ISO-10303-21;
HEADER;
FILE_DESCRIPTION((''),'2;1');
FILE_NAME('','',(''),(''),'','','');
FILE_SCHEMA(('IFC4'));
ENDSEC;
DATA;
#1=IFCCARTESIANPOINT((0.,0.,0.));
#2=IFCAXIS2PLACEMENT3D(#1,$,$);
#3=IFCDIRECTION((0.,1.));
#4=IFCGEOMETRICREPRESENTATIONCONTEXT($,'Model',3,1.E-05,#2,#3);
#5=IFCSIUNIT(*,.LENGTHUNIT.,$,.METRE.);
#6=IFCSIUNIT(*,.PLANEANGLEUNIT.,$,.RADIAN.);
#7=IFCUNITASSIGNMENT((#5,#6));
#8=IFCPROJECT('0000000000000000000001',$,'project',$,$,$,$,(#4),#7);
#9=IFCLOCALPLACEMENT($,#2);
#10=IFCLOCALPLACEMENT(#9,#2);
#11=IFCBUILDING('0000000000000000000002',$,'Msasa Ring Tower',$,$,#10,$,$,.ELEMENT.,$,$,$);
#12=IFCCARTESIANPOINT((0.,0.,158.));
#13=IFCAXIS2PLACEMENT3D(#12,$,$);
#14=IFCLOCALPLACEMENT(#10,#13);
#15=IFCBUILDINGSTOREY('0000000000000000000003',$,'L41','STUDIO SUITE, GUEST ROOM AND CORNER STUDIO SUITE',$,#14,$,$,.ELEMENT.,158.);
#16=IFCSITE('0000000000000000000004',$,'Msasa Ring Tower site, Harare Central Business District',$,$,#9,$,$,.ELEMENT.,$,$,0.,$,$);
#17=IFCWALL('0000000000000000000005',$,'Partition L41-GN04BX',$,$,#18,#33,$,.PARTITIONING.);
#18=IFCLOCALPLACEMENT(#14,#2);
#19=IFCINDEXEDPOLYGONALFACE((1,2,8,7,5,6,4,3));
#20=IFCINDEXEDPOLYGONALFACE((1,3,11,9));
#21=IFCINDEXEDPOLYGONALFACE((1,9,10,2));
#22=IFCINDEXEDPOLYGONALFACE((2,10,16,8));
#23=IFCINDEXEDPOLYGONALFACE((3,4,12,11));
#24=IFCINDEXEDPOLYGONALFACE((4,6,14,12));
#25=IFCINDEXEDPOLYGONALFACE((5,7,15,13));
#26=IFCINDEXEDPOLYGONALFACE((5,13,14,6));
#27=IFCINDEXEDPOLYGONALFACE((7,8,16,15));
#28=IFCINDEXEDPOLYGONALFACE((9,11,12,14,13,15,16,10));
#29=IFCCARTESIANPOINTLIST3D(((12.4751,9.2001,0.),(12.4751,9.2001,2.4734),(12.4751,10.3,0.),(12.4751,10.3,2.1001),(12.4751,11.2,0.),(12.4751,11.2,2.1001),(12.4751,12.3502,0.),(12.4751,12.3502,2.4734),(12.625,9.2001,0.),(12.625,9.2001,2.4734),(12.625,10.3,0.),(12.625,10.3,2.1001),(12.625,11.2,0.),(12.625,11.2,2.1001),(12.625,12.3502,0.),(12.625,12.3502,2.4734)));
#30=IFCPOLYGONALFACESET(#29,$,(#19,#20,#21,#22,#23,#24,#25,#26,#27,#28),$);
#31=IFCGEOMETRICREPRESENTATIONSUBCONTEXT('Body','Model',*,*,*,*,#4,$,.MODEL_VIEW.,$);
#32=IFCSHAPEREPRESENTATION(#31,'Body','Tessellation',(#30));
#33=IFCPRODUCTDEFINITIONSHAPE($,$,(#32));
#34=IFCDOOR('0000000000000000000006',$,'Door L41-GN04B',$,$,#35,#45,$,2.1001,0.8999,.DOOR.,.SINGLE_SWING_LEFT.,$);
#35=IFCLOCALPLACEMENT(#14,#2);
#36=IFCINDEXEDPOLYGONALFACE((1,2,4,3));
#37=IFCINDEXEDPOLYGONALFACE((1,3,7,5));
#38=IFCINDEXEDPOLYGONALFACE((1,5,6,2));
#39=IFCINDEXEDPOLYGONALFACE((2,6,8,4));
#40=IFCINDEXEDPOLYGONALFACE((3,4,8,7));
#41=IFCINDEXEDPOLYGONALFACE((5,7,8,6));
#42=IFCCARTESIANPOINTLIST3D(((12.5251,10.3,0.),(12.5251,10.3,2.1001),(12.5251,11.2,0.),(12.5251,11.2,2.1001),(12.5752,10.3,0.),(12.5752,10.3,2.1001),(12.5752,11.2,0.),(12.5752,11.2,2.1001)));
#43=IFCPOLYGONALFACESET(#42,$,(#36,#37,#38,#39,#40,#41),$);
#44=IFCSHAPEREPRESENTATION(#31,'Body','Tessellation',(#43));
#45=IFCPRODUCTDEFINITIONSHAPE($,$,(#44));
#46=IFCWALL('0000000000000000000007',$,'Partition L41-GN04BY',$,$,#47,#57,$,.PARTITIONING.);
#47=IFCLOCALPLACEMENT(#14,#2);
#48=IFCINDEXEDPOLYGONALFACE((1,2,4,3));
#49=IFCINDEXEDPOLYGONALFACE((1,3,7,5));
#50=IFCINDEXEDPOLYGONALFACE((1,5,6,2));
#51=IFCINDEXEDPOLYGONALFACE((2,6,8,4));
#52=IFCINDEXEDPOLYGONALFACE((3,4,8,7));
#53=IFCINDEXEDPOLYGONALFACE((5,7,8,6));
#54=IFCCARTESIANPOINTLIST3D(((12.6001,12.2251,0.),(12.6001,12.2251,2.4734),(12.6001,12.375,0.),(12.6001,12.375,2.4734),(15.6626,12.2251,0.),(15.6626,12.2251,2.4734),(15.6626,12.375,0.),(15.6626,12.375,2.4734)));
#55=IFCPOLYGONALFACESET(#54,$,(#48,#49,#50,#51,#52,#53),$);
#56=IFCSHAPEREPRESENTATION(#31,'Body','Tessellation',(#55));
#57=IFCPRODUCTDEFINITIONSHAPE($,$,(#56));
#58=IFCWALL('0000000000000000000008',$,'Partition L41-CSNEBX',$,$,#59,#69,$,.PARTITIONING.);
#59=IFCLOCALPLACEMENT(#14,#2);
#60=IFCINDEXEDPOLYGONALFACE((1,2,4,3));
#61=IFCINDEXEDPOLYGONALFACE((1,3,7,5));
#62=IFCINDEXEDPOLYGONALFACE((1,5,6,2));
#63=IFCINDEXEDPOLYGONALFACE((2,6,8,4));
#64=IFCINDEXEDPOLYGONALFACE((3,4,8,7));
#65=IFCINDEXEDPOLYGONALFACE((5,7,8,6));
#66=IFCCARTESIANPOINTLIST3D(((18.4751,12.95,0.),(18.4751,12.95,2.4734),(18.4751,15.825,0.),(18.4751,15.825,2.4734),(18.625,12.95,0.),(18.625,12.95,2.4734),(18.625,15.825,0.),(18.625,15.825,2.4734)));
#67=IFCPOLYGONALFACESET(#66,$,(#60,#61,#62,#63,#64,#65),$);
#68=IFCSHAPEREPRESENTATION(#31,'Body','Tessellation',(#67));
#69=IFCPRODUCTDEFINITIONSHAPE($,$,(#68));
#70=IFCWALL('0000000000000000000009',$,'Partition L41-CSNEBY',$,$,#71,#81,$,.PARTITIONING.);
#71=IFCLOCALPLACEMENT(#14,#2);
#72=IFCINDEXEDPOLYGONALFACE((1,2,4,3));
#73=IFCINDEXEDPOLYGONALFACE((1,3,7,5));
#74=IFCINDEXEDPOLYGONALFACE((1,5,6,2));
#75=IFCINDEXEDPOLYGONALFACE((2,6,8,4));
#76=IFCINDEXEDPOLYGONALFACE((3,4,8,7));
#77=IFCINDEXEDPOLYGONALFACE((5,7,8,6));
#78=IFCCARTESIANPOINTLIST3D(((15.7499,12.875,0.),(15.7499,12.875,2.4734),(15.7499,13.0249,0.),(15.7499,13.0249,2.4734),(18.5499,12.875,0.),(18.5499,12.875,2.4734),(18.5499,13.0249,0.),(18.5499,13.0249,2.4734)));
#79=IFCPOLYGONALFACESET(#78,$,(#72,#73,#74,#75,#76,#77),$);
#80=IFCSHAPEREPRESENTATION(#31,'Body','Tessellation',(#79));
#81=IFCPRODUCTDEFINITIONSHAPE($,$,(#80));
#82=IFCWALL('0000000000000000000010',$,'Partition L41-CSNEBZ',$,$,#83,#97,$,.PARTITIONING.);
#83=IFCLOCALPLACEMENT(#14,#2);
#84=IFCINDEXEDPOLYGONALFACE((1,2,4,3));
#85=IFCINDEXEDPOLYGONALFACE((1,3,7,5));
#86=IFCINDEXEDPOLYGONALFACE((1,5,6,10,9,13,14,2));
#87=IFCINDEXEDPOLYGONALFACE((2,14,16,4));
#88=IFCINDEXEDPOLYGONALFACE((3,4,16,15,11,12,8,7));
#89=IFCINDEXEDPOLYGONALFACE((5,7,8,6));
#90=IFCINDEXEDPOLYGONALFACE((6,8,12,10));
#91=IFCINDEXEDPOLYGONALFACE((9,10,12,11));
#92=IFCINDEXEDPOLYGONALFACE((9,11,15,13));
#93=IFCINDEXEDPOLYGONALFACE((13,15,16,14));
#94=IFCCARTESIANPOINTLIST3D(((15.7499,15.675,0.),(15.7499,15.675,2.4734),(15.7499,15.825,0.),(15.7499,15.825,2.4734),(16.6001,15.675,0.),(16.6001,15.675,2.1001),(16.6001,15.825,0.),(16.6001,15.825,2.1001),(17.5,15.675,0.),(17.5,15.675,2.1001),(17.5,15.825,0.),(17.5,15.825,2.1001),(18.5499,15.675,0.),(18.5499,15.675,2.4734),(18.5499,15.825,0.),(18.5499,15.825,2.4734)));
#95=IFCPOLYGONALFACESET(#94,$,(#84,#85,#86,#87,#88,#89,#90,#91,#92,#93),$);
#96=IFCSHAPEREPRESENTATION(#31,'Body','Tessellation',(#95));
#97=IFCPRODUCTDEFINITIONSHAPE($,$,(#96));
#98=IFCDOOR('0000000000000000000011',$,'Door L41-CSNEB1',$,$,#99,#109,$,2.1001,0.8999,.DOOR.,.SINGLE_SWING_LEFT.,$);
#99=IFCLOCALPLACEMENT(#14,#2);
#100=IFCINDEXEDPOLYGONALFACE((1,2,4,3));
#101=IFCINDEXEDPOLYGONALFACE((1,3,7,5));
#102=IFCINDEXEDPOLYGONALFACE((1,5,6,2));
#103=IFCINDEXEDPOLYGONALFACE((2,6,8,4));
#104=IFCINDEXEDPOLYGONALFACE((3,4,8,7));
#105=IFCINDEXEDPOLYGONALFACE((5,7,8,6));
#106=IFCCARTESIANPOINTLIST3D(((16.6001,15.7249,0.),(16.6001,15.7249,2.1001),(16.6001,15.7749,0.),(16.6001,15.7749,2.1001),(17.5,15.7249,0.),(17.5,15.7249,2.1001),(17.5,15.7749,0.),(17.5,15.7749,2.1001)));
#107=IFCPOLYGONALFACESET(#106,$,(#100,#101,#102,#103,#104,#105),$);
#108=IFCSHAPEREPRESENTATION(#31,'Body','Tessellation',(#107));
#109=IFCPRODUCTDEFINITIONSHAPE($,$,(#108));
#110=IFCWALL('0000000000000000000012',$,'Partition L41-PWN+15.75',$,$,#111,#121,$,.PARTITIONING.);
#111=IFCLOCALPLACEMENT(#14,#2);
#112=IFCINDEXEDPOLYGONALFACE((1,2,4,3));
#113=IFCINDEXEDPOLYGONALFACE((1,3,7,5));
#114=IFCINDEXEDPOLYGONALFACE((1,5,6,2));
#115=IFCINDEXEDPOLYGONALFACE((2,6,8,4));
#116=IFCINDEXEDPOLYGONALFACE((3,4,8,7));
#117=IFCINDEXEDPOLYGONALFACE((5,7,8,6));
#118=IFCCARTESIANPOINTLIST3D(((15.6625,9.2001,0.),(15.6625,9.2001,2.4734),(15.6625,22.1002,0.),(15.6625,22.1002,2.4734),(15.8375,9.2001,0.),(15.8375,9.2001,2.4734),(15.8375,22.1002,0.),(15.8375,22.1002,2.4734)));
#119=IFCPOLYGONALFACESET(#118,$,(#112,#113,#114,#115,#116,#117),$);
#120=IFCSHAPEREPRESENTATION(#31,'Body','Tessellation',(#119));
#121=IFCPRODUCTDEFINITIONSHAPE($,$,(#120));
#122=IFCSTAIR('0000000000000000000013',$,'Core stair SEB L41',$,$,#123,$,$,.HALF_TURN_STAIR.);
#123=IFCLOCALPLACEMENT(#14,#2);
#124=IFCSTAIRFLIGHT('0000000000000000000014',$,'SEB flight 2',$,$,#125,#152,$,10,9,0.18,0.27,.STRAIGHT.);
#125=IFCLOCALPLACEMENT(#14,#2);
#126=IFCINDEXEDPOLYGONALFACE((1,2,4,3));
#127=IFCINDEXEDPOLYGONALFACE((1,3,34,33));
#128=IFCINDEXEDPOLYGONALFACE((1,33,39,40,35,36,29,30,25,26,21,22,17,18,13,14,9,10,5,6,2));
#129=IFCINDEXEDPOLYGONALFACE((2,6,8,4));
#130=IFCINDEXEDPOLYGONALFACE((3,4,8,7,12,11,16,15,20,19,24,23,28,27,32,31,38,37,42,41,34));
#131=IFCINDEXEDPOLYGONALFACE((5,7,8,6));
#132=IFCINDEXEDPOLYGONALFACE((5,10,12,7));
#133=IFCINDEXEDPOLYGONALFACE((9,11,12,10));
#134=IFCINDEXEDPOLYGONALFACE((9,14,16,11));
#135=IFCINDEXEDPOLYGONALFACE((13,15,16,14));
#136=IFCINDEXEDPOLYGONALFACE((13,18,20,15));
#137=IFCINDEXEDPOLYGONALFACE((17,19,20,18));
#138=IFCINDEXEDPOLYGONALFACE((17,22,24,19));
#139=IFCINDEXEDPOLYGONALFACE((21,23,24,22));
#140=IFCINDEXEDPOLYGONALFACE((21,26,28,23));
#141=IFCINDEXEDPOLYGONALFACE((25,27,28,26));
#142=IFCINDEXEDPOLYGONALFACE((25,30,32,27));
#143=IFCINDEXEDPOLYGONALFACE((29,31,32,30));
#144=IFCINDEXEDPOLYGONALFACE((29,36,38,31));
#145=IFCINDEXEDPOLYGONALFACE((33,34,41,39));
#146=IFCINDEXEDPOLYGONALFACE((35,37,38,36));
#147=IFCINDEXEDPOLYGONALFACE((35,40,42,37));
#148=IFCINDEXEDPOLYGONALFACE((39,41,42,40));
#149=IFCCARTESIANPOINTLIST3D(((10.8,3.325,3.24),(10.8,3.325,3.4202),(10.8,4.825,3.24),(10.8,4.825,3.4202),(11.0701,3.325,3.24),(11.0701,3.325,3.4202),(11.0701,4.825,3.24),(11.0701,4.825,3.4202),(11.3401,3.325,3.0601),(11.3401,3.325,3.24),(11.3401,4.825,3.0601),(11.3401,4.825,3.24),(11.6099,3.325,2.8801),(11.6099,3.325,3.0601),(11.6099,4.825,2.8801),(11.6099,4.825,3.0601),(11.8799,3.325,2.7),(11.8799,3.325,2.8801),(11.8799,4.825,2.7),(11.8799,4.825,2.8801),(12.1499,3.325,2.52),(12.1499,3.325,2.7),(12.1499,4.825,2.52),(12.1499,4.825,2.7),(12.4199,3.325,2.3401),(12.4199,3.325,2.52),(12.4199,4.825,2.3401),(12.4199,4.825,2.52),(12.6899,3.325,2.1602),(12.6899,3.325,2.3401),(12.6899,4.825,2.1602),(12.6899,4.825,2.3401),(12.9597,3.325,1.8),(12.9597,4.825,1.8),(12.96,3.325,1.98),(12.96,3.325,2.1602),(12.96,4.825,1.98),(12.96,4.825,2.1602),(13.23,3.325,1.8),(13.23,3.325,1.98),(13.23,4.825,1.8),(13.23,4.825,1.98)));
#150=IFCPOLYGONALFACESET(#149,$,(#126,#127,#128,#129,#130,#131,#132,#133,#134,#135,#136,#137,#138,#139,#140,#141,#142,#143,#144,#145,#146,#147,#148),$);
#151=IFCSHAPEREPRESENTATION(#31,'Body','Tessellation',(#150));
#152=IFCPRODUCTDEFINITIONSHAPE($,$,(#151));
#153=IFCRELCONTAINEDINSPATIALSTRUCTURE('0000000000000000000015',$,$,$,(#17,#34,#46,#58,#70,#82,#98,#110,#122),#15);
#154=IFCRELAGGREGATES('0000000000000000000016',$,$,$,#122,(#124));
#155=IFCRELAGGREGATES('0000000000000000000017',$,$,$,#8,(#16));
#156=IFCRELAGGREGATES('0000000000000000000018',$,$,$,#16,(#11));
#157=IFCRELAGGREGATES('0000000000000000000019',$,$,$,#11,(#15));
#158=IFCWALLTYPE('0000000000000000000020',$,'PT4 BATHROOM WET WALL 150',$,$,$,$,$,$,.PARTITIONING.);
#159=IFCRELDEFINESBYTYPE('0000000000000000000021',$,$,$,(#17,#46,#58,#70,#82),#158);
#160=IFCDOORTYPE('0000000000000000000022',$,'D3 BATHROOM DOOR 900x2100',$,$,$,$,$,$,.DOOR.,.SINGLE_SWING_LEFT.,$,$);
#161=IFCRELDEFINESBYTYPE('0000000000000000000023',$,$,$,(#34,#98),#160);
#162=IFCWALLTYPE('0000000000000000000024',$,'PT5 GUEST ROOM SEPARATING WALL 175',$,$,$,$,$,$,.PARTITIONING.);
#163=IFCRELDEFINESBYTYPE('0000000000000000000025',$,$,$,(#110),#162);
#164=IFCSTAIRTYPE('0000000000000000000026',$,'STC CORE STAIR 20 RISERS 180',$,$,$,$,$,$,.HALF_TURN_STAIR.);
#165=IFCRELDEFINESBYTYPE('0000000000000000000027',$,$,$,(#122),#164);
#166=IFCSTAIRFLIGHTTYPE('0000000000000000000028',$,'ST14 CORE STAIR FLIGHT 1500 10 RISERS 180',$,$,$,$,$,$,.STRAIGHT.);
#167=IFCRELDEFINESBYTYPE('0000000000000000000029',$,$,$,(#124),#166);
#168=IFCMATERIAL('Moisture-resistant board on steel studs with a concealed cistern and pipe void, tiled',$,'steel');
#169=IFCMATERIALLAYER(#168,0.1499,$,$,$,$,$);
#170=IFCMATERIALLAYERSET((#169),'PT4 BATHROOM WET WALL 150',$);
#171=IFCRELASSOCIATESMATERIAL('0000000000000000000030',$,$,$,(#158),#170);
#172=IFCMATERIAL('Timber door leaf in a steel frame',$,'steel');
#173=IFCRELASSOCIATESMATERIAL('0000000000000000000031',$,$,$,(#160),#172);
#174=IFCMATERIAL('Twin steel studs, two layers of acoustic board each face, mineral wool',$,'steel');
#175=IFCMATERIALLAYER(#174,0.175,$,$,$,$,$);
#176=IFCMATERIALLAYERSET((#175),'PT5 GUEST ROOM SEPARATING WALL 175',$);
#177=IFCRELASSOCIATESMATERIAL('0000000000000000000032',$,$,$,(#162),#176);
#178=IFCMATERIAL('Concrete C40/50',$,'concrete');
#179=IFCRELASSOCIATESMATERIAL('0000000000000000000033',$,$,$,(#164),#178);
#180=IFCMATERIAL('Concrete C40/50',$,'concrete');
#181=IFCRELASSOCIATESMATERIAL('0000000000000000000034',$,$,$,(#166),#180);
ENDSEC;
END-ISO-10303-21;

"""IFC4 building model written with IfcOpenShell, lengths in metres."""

from ifc_helpers import new_model, si_unit, direction, frame, frame_2d, origin, place, context, subcontext, project, spatial, polyline, rectangle, outline, extrude, material, layer, layer_set, type_object, element, fill, aggregate, save


model = new_model("IFC4")

# Units and contexts
model_context = context("Model", 3, precision=1e-05, world=origin(), true_north=direction((0.0, 1.0)))
body_context = subcontext(model_context, "Body", "Model", "MODEL_VIEW")
ifc_project = project(units=[si_unit("LENGTHUNIT", "METRE"), si_unit("PLANEANGLEUNIT", "RADIAN")], contexts=[model_context])

# Site, building, storey
site_placement = place(None, origin())
site = spatial("IfcSite", under=ifc_project, at=site_placement, Name="Msasa Ring Tower site, Harare Central Business District", CompositionType="ELEMENT", RefElevation=0.0)
building_placement = place(site_placement, origin())
building = spatial("IfcBuilding", under=site, at=building_placement, Name="Msasa Ring Tower", CompositionType="ELEMENT")
storey_placement = place(building_placement, frame((0.0, 0.0, 158.0)))
storey = spatial("IfcBuildingStorey", under=building, at=storey_placement, Name="L41", Description="STUDIO SUITE, GUEST ROOM AND CORNER STUDIO SUITE", CompositionType="ELEMENT", Elevation=158.0)

# Wall, opening, door
ifc_material_1 = material(Name="Moisture-resistant board on steel studs with a concealed cistern and pipe void, tiled", Category="steel")
ifc_layer_1 = layer(ifc_material_1, 0.1499)
ifc_layer_set_1 = layer_set([ifc_layer_1], Name="PT4 BATHROOM WET WALL 150")
wall_type_1 = type_object("IfcWallType", Name="PT4 BATHROOM WET WALL 150", PredefinedType="PARTITIONING", material=ifc_layer_set_1)
wall_1_placement = place(storey_placement, frame((12.55, 9.2, 0.0), z_axis=(0.0, 0.0, 1.0), x_axis=(0.0, 1.0, 0.0)))
wall_1 = element("IfcWall", 1, at=wall_1_placement, inside=storey, type_object=wall_type_1, Name="Partition L41-GN04BX", PredefinedType="PARTITIONING", context=body_context, shape_type="SweptSolid", body=[
    extrude(rectangle(XDim=3.1501, YDim=0.1499, at=frame_2d((1.5752, 0.0))), origin(), (0.0, 0.0, 1.0), 2.4734),
])
opening_1_placement = place(wall_1_placement, frame((1.1001, 0.0, 0.0)))
opening_1 = element("IfcOpeningElement", 2, at=opening_1_placement, cuts=wall_1, PredefinedType="OPENING", context=body_context, shape_type="SweptSolid", body=[
    extrude(rectangle(XDim=0.8999, YDim=2.1001, at=frame_2d((0.45, 1.05))), frame((0.0, 0.085, 0.0), z_axis=(0.0, -1.0, 0.0), x_axis=(1.0, 0.0, 0.0)), (0.0, 0.0, 1.0), 0.1699),
])
ifc_material_2 = material(Name="Timber door leaf in a steel frame", Category="steel")
door_type_1 = type_object("IfcDoorType", Name="D3 BATHROOM DOOR 900x2100", OperationType="SINGLE_SWING_LEFT", PredefinedType="DOOR", material=ifc_material_2)
door_1_placement = place(opening_1_placement, origin())
door_1 = element("IfcDoor", 3, at=door_1_placement, inside=storey, type_object=door_type_1, Name="Door L41-GN04B", OperationType="SINGLE_SWING_LEFT", OverallHeight=2.1001, OverallWidth=0.8999, PredefinedType="DOOR", context=body_context, shape_type="SweptSolid", body=[
    extrude(rectangle(XDim=0.8999, YDim=2.1001, at=frame_2d((0.45, 1.05))), frame((0.0, 0.0249, 0.0), z_axis=(0.0, -1.0, 0.0), x_axis=(1.0, 0.0, 0.0)), (0.0, 0.0, 1.0), 0.05),
])
fill(opening_1, door_1)

# Walls
wall_2_placement = place(storey_placement, frame((12.6001, 12.3, 0.0), z_axis=(0.0, 0.0, 1.0), x_axis=(1.0, 0.0, 0.0)))
element("IfcWall", 4, at=wall_2_placement, inside=storey, type_object=wall_type_1, Name="Partition L41-GN04BY", PredefinedType="PARTITIONING", context=body_context, shape_type="SweptSolid", body=[
    extrude(rectangle(XDim=3.0625, YDim=0.1499, at=frame_2d((1.5312, 0.0))), origin(), (0.0, 0.0, 1.0), 2.4734),
])
wall_3_placement = place(storey_placement, frame((18.55, 12.95, 0.0), z_axis=(0.0, 0.0, 1.0), x_axis=(0.0, 1.0, 0.0)))
element("IfcWall", 5, at=wall_3_placement, inside=storey, type_object=wall_type_1, Name="Partition L41-CSNEBX", PredefinedType="PARTITIONING", context=body_context, shape_type="SweptSolid", body=[
    extrude(rectangle(XDim=2.875, YDim=0.1499, at=frame_2d((1.4375, 0.0))), origin(), (0.0, 0.0, 1.0), 2.4734),
])
wall_4_placement = place(storey_placement, frame((15.75, 12.95, 0.0), z_axis=(0.0, 0.0, 1.0), x_axis=(1.0, 0.0, 0.0)))
element("IfcWall", 6, at=wall_4_placement, inside=storey, type_object=wall_type_1, Name="Partition L41-CSNEBY", PredefinedType="PARTITIONING", context=body_context, shape_type="SweptSolid", body=[
    extrude(rectangle(XDim=2.8, YDim=0.1499, at=frame_2d((1.3999, 0.0))), origin(), (0.0, 0.0, 1.0), 2.4734),
])

# Wall, opening, door
wall_5_placement = place(storey_placement, frame((15.75, 15.75, 0.0), z_axis=(0.0, 0.0, 1.0), x_axis=(1.0, 0.0, 0.0)))
wall_5 = element("IfcWall", 7, at=wall_5_placement, inside=storey, type_object=wall_type_1, Name="Partition L41-CSNEBZ", PredefinedType="PARTITIONING", context=body_context, shape_type="SweptSolid", body=[
    extrude(rectangle(XDim=2.8, YDim=0.1499, at=frame_2d((1.3999, 0.0))), origin(), (0.0, 0.0, 1.0), 2.4734),
])
opening_2_placement = place(wall_5_placement, frame((0.8501, 0.0, 0.0)))
opening_2 = element("IfcOpeningElement", 8, at=opening_2_placement, cuts=wall_5, PredefinedType="OPENING", context=body_context, shape_type="SweptSolid", body=[
    extrude(rectangle(XDim=0.8999, YDim=2.1001, at=frame_2d((0.45, 1.05))), frame((0.0, 0.085, 0.0), z_axis=(0.0, -1.0, 0.0), x_axis=(1.0, 0.0, 0.0)), (0.0, 0.0, 1.0), 0.1699),
])
door_2_placement = place(opening_2_placement, origin())
door_2 = element("IfcDoor", 9, at=door_2_placement, inside=storey, type_object=door_type_1, Name="Door L41-CSNEB1", OperationType="SINGLE_SWING_LEFT", OverallHeight=2.1001, OverallWidth=0.8999, PredefinedType="DOOR", context=body_context, shape_type="SweptSolid", body=[
    extrude(rectangle(XDim=0.8999, YDim=2.1001, at=frame_2d((0.45, 1.05))), frame((0.0, 0.0249, 0.0), z_axis=(0.0, -1.0, 0.0), x_axis=(1.0, 0.0, 0.0)), (0.0, 0.0, 1.0), 0.05),
])
fill(opening_2, door_2)

# Wall
ifc_material_3 = material(Name="Twin steel studs, two layers of acoustic board each face, mineral wool", Category="steel")
ifc_layer_2 = layer(ifc_material_3, 0.175)
ifc_layer_set_2 = layer_set([ifc_layer_2], Name="PT5 GUEST ROOM SEPARATING WALL 175")
wall_type_2 = type_object("IfcWallType", Name="PT5 GUEST ROOM SEPARATING WALL 175", PredefinedType="PARTITIONING", material=ifc_layer_set_2)
wall_6_placement = place(storey_placement, frame((15.75, 9.2, 0.0), z_axis=(0.0, 0.0, 1.0), x_axis=(0.0, 1.0, 0.0)))
element("IfcWall", 10, at=wall_6_placement, inside=storey, type_object=wall_type_2, Name="Partition L41-PWN+15.75", PredefinedType="PARTITIONING", context=body_context, shape_type="SweptSolid", body=[
    extrude(rectangle(XDim=12.9001, YDim=0.175, at=frame_2d((6.4502, 0.0))), origin(), (0.0, 0.0, 1.0), 2.4734),
])

# Stair, stair flight
ifc_material_4 = material(Name="Concrete C40/50", Category="concrete")
stair_type = type_object("IfcStairType", Name="STC CORE STAIR 20 RISERS 180", PredefinedType="HALF_TURN_STAIR", material=ifc_material_4)
stair_placement = place(storey_placement, origin())
stair = element("IfcStair", 11, at=stair_placement, inside=storey, type_object=stair_type, Name="Core stair SEB L41", PredefinedType="HALF_TURN_STAIR")
ifc_material_5 = material(Name="Concrete C40/50", Category="concrete")
stair_flight_type = type_object("IfcStairFlightType", Name="ST14 CORE STAIR FLIGHT 1500 10 RISERS 180", PredefinedType="STRAIGHT", material=ifc_material_5)
stair_flight_placement = place(storey_placement, frame((13.23, 4.075, 1.8), z_axis=(0.0, 0.0, 1.0), x_axis=(-1.0, 0.0, 0.0)))
stair_flight = element("IfcStairFlight", 12, at=stair_flight_placement, type_object=stair_flight_type, Name="SEB flight 2", NumberOfRisers=10, NumberOfTreads=9, PredefinedType="STRAIGHT", RiserHeight=0.18, TreadLength=0.27, context=body_context, shape_type="SweptSolid", body=[
    extrude(outline(polyline([(0.0, 0.0), (0.0, 0.1799), (0.27, 0.1799), (0.27, 0.3601), (0.54, 0.3601), (0.54, 0.54), (0.8101, 0.54), (0.8101, 0.72), (1.0801, 0.72), (1.0801, 0.8999), (1.3501, 0.8999), (1.3501, 1.0801), (1.6201, 1.0801), (1.6201, 1.26), (1.8899, 1.26), (1.8899, 1.4399), (2.1599, 1.4399), (2.1599, 1.6201), (2.4299, 1.6201), (2.4299, 1.8), (2.4299, 1.4399), (0.2703, 0.0), (0.0, 0.0)])), frame((0.0, 0.75, 0.0), z_axis=(0.0, -1.0, 0.0), x_axis=(1.0, 0.0, 0.0)), (0.0, 0.0, 1.0), 1.5),
])
aggregate(stair, [stair_flight])

save(model, "model.ifc")
